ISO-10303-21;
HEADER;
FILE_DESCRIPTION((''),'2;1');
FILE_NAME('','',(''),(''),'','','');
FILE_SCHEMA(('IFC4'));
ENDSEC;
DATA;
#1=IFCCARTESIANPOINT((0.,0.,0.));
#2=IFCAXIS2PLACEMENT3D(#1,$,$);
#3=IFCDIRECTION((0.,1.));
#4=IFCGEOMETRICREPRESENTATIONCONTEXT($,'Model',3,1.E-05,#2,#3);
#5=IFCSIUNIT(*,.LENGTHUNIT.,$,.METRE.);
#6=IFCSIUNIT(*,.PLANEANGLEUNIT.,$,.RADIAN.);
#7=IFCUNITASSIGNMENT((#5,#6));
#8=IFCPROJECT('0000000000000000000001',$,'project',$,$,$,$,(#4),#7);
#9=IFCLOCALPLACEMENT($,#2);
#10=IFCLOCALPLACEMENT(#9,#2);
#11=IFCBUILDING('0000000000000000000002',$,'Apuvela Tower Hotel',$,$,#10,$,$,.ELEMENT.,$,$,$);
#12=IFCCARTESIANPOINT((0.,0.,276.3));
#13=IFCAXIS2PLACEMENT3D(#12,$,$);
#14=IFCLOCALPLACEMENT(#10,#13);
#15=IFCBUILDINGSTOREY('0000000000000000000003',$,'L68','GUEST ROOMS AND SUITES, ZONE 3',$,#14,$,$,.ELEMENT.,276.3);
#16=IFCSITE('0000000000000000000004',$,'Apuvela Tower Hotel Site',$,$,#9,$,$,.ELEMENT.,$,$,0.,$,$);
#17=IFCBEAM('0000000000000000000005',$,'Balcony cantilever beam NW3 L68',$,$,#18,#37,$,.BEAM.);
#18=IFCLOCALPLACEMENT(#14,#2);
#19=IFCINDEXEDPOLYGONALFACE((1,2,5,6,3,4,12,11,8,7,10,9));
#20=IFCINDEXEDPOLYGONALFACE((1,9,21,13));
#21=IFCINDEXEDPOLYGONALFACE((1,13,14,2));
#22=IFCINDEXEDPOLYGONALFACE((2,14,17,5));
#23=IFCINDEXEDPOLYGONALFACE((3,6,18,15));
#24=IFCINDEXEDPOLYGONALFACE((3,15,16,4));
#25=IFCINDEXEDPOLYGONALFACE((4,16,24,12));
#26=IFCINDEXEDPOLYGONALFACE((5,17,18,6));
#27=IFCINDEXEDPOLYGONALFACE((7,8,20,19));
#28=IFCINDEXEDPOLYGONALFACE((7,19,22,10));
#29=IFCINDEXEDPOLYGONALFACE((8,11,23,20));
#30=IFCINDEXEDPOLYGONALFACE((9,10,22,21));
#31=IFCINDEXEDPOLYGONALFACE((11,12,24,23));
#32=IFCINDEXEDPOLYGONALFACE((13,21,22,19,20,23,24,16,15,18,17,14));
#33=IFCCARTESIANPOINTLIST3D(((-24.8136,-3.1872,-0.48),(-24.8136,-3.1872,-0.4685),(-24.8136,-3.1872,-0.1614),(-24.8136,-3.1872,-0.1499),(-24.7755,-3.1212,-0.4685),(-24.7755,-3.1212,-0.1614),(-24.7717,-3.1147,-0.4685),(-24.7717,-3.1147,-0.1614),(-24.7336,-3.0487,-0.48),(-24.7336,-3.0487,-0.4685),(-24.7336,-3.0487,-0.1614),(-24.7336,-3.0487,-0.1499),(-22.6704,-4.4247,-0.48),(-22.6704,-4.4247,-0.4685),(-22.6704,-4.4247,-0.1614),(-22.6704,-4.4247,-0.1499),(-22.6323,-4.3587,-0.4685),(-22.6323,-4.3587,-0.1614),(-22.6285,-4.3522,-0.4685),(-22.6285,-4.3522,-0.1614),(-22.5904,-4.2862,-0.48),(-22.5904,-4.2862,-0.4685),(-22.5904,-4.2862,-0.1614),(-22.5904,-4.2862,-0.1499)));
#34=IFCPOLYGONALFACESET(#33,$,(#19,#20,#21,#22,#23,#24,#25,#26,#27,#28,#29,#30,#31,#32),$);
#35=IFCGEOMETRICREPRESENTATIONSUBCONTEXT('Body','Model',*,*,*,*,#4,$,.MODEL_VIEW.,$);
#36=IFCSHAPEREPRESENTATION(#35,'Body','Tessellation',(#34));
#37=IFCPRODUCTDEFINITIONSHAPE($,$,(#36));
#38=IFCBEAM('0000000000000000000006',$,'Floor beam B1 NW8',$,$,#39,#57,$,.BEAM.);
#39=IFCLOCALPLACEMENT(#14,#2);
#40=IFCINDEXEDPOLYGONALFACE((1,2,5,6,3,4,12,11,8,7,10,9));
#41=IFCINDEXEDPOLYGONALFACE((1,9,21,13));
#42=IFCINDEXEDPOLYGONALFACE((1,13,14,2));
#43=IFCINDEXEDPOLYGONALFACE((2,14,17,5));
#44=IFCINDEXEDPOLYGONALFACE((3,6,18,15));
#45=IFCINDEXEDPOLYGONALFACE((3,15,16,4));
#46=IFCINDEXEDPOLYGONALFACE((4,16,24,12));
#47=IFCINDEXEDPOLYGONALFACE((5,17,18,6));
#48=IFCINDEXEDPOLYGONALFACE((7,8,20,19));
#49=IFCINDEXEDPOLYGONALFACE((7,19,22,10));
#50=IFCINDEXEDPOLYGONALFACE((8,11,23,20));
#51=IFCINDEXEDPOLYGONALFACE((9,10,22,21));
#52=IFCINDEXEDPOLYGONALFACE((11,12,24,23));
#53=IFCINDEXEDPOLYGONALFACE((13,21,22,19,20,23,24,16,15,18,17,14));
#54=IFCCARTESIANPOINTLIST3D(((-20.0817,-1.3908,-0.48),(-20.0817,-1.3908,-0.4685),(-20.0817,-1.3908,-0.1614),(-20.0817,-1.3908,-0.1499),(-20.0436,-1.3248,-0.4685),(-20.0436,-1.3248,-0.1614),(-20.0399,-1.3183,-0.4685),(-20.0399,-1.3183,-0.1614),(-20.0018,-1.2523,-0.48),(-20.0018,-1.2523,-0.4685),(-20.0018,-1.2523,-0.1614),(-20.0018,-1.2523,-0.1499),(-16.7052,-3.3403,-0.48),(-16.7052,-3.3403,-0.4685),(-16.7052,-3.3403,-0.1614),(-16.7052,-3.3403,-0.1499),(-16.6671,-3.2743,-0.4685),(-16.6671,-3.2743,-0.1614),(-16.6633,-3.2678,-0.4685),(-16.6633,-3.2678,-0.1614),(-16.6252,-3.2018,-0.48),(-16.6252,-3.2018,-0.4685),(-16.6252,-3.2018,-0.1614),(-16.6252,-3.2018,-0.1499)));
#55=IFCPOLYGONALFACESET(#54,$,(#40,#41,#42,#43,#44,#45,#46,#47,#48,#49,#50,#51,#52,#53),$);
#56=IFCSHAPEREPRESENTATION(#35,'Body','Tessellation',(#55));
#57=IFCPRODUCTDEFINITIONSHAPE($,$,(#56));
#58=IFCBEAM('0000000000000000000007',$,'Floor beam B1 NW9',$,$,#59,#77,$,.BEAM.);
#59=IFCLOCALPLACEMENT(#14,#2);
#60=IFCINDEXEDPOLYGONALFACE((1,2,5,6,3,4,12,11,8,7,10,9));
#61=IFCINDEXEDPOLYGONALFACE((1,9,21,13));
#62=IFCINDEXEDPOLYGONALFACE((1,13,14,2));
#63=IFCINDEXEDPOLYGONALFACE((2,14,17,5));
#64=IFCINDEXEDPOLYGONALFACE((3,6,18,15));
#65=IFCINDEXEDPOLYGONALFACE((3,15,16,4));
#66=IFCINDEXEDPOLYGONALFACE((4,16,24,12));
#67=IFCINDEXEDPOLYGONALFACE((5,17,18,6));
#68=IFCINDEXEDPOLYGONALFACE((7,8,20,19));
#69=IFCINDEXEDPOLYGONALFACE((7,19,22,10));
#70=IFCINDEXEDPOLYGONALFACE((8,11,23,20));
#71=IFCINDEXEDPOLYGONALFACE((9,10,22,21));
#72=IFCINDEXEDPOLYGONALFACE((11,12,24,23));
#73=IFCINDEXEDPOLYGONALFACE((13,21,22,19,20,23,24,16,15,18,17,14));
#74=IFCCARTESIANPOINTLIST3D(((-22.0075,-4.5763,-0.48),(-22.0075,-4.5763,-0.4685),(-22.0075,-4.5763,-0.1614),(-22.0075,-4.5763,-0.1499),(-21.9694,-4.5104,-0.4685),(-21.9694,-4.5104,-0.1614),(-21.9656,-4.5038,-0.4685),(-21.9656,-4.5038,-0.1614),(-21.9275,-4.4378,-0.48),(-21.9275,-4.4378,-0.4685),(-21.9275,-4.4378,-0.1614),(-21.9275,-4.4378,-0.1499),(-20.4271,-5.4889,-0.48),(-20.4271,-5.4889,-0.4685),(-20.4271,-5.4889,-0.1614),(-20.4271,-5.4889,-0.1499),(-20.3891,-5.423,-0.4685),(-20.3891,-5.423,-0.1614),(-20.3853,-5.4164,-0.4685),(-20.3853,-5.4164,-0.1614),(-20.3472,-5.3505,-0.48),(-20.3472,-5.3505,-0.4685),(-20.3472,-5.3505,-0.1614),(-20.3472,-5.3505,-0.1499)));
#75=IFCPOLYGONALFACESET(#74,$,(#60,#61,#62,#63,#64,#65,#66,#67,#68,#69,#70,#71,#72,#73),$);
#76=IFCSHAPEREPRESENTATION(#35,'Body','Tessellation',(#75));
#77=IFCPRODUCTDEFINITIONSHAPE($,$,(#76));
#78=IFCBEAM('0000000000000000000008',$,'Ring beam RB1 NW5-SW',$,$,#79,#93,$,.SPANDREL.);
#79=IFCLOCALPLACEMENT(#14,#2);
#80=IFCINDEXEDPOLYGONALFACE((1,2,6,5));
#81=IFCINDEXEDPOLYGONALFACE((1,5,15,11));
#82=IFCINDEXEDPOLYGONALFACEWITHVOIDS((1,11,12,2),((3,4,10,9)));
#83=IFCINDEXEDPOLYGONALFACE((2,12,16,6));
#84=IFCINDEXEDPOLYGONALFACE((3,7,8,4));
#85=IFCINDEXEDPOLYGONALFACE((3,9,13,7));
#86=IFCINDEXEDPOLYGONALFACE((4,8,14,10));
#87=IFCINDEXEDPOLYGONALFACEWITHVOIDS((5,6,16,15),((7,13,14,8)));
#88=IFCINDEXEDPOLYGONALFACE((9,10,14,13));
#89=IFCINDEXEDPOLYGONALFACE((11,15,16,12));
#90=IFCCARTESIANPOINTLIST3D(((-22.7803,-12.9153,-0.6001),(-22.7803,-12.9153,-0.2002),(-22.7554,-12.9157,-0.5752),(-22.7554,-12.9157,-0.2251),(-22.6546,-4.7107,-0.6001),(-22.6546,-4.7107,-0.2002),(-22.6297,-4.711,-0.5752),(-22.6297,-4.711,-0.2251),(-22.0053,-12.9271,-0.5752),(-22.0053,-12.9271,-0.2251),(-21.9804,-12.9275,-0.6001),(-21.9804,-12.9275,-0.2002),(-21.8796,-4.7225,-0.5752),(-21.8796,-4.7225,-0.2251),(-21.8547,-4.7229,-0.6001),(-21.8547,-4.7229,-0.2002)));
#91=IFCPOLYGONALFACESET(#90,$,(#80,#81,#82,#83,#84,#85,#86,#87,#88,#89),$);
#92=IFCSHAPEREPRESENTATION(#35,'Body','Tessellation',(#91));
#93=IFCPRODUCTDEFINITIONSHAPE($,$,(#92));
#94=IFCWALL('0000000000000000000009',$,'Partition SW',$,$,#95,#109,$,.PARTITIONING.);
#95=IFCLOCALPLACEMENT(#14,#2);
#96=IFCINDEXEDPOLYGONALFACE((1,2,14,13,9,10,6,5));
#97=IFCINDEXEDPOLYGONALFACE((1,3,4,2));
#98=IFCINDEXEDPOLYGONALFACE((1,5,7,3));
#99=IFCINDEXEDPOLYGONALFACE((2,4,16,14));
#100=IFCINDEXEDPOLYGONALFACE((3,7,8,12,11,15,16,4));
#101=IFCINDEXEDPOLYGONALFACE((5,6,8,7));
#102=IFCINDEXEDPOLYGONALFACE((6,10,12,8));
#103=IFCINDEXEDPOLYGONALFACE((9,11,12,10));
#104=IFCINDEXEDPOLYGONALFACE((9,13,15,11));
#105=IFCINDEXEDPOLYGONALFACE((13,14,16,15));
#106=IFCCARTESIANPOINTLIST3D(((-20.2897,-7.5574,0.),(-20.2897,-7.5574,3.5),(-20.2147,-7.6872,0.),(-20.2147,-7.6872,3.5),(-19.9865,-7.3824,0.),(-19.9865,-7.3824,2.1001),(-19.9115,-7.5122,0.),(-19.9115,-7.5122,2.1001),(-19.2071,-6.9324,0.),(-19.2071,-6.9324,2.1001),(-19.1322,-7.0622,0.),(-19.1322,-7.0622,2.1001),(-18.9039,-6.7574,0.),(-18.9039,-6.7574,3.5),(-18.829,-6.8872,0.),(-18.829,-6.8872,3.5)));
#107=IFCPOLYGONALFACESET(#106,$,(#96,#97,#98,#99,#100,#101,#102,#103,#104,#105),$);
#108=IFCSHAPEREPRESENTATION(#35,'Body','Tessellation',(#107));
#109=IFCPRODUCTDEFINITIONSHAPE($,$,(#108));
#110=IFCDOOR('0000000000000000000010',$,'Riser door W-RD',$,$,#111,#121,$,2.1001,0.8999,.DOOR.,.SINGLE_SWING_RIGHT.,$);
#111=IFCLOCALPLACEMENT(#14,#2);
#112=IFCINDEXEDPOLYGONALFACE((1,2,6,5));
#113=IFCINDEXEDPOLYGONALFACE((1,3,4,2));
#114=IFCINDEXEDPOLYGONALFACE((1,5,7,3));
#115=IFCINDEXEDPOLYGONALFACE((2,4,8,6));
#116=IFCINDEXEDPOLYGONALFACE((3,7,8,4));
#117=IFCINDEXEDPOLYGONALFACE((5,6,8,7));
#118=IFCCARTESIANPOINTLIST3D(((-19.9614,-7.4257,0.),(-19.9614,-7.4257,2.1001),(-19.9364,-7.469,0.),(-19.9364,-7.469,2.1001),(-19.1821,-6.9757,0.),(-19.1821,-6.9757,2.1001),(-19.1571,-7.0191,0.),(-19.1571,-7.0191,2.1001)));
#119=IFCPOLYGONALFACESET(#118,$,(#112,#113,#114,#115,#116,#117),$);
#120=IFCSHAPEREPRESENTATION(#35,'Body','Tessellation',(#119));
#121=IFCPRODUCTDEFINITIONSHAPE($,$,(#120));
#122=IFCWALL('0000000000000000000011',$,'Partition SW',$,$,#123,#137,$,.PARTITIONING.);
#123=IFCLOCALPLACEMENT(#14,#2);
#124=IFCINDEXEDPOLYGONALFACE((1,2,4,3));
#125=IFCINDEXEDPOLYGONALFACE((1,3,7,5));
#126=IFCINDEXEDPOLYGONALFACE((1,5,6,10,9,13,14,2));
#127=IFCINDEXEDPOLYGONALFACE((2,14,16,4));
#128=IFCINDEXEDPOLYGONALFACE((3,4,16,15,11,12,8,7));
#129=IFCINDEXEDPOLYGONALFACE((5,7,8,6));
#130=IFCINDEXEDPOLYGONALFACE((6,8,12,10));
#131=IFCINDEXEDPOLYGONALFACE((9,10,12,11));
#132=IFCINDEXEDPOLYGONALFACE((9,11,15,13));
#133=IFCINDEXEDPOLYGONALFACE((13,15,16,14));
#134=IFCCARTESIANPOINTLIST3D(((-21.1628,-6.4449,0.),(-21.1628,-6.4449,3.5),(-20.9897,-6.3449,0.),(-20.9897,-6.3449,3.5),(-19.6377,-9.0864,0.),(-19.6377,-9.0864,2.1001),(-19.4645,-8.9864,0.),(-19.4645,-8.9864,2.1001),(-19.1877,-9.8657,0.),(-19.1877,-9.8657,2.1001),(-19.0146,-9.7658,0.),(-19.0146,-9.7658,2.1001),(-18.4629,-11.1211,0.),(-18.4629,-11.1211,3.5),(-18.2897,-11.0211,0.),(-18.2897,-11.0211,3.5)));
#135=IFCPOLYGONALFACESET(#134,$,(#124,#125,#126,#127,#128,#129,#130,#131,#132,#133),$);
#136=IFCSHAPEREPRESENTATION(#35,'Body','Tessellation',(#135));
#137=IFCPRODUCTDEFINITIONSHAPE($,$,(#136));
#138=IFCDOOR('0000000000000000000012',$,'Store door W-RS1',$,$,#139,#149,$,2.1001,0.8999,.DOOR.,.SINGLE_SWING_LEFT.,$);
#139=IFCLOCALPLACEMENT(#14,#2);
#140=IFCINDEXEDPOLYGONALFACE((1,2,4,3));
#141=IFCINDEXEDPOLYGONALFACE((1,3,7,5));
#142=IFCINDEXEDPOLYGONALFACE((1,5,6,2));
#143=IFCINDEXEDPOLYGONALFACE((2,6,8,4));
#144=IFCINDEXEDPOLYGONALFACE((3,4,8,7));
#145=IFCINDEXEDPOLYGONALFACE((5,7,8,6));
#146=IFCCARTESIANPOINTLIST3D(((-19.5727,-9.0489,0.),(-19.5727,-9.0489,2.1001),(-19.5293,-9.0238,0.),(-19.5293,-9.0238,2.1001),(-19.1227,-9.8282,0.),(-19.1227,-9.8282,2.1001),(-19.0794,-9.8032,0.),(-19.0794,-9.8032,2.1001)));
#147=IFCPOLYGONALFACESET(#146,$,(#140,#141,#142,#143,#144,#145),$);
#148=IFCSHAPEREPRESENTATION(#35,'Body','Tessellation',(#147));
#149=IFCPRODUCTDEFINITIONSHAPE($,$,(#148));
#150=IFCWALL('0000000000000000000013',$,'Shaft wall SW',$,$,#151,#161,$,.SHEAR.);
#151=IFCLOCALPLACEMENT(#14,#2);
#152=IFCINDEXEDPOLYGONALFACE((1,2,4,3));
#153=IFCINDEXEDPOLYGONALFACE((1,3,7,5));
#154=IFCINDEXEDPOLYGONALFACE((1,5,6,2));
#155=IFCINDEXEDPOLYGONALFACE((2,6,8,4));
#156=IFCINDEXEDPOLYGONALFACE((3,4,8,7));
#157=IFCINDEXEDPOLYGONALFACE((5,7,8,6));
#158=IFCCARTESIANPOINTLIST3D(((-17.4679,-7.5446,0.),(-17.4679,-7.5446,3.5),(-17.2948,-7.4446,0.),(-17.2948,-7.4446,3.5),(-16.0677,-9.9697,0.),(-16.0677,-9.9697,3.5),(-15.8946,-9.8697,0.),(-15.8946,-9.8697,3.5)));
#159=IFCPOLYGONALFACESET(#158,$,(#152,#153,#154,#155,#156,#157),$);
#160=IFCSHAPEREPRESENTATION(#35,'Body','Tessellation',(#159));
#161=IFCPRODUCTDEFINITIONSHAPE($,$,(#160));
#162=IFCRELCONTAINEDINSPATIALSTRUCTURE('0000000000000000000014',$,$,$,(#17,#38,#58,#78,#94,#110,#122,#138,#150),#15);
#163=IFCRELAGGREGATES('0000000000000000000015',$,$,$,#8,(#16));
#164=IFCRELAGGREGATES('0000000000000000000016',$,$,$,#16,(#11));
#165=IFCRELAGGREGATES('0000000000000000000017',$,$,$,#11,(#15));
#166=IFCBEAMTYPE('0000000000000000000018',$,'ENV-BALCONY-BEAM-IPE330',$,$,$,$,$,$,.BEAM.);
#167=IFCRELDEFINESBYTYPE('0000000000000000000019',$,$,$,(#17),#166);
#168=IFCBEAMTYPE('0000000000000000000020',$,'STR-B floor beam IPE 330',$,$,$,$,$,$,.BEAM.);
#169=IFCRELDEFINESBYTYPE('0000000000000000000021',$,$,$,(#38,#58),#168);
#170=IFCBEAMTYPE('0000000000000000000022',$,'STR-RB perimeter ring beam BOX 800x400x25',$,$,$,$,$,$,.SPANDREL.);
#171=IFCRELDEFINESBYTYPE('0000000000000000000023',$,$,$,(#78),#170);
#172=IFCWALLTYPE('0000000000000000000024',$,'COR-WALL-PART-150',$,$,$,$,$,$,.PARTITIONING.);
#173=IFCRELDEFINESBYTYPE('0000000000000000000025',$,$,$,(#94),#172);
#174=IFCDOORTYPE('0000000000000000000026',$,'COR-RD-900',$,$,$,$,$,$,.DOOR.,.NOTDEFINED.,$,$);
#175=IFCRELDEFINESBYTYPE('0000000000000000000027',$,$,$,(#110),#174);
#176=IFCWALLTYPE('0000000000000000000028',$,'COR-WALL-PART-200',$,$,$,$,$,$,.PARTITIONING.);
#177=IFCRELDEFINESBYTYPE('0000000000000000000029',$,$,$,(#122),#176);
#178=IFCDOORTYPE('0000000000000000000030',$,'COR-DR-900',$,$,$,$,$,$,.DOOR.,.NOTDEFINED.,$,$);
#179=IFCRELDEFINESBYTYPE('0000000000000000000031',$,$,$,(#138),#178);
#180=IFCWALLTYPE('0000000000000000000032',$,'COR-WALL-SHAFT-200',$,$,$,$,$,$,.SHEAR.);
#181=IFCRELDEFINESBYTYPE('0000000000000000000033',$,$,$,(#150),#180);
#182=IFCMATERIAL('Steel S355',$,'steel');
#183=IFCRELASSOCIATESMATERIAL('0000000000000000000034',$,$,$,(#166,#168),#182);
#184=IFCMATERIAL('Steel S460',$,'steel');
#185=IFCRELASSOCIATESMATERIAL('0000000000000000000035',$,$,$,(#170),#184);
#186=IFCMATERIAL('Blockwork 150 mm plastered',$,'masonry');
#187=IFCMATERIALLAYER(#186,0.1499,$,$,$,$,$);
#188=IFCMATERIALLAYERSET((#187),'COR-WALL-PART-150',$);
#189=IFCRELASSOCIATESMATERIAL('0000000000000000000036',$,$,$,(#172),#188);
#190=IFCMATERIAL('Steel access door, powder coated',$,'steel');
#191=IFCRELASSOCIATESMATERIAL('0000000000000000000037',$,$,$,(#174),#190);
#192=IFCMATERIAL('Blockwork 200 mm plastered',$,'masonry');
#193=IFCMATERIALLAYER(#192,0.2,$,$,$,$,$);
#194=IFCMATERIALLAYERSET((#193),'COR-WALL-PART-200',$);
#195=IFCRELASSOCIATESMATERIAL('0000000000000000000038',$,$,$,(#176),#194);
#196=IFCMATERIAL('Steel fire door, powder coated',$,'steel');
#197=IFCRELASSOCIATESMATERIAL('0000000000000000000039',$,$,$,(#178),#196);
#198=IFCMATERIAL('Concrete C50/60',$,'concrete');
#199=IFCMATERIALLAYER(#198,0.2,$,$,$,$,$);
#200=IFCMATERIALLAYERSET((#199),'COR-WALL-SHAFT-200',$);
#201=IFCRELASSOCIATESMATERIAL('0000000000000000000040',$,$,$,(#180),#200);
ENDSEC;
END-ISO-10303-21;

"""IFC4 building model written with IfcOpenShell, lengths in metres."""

from ifc_helpers import new_model, si_unit, direction, frame, frame_2d, origin, origin_2d, place, context, subcontext, project, spatial, rectangle, hollow_rectangle, i_section, extrude, material, layer, layer_set, material_profile, profile_set, type_object, element, fill, save


model = new_model("IFC4")

# Units and contexts
model_context = context("Model", 3, precision=1e-05, world=origin(), true_north=direction((0.0, 1.0)))
body_context = subcontext(model_context, "Body", "Model", "MODEL_VIEW")
ifc_project = project(units=[si_unit("LENGTHUNIT", "METRE"), si_unit("PLANEANGLEUNIT", "RADIAN")], contexts=[model_context])

# Site, building, storey
site_placement = place(None, origin())
site = spatial("IfcSite", under=ifc_project, at=site_placement, Name="Apuvela Tower Hotel Site", CompositionType="ELEMENT", RefElevation=0.0)
building_placement = place(site_placement, origin())
building = spatial("IfcBuilding", under=site, at=building_placement, Name="Apuvela Tower Hotel", CompositionType="ELEMENT")
storey_placement = place(building_placement, frame((0.0, 0.0, 276.3)))
storey = spatial("IfcBuildingStorey", under=building, at=storey_placement, Name="L68", Description="GUEST ROOMS AND SUITES, ZONE 3", CompositionType="ELEMENT", Elevation=276.3)

# Shared definitions
ifc_material_1 = material(Name="Steel S460", Category="steel")

# Beams
ifc_material_2 = material(Name="Steel S355", Category="steel")
ifc_material_profile_1 = material_profile(ifc_material_2, i_section(OverallWidth=0.1599, OverallDepth=0.3301, WebThickness=0.0076, FlangeThickness=0.0115, at=origin_2d()), Name="IPE 330")
ifc_profile_set_1 = profile_set([ifc_material_profile_1], Name="Steel S355")
beam_type_1 = type_object("IfcBeamType", Name="ENV-BALCONY-BEAM-IPE330", PredefinedType="BEAM", material=ifc_profile_set_1)
beam_1_placement = place(storey_placement, frame((-22.6304, -4.3555, -0.3149), z_axis=(-0.866007, 0.500033, 0.0), x_axis=(-0.500033, -0.866007, 0.0)))
element("IfcBeam", 1, at=beam_1_placement, inside=storey, type_object=beam_type_1, Name="Balcony cantilever beam NW3 L68", PredefinedType="BEAM", context=body_context, shape_type="SweptSolid", body=[
    extrude(i_section(OverallWidth=0.1599, OverallDepth=0.3301, WebThickness=0.0076, FlangeThickness=0.0115, at=origin_2d()), origin(), (0.0, 0.0, 1.0), 2.4749),
])
ifc_material_profile_2 = material_profile(ifc_material_2, i_section(OverallWidth=0.1599, OverallDepth=0.3301, WebThickness=0.0076, FlangeThickness=0.0115, at=origin_2d()), Name="IPE 330")
ifc_profile_set_2 = profile_set([ifc_material_profile_2], Name="Steel S355")
beam_type_2 = type_object("IfcBeamType", Name="STR-B floor beam IPE 330", PredefinedType="BEAM", material=ifc_profile_set_2)
beam_2_placement = place(storey_placement, frame((-20.0417, -1.3215, -0.3149), z_axis=(0.866019, -0.500012, 0.0), x_axis=(0.500012, 0.866019, 0.0)))
element("IfcBeam", 2, at=beam_2_placement, inside=storey, type_object=beam_type_2, Name="Floor beam B1 NW8", PredefinedType="BEAM", context=body_context, shape_type="SweptSolid", body=[
    extrude(i_section(OverallWidth=0.1599, OverallDepth=0.3301, WebThickness=0.0076, FlangeThickness=0.0115, at=origin_2d()), origin(), (0.0, 0.0, 1.0), 3.8989),
])
beam_3_placement = place(storey_placement, frame((-21.9675, -4.5071, -0.3149), z_axis=(0.865978, -0.500081, 0.0), x_axis=(0.500081, 0.865978, 0.0)))
element("IfcBeam", 3, at=beam_3_placement, inside=storey, type_object=beam_type_2, Name="Floor beam B1 NW9", PredefinedType="BEAM", context=body_context, shape_type="SweptSolid", body=[
    extrude(i_section(OverallWidth=0.1599, OverallDepth=0.3301, WebThickness=0.0076, FlangeThickness=0.0115, at=origin_2d()), origin(), (0.0, 0.0, 1.0), 1.825),
])
ifc_material_profile_3 = material_profile(ifc_material_1, hollow_rectangle(XDim=0.8, YDim=0.3999, WallThickness=0.0249, at=origin_2d()), Name="BOX 800x400x25")
ifc_profile_set_3 = profile_set([ifc_material_profile_3], Name="Steel S460")
beam_type_3 = type_object("IfcBeamType", Name="STR-RB perimeter ring beam BOX 800x400x25", PredefinedType="SPANDREL", material=ifc_profile_set_3)
beam_4_placement = place(storey_placement, frame((-22.2546, -4.7168, -0.4001), z_axis=(-0.015323, -0.999883, 0.0), x_axis=(0.999883, -0.015323, 0.0)))
element("IfcBeam", 4, at=beam_4_placement, inside=storey, type_object=beam_type_3, Name="Ring beam RB1 NW5-SW", PredefinedType="SPANDREL", context=body_context, shape_type="SweptSolid", body=[
    extrude(hollow_rectangle(XDim=0.8, YDim=0.3999, WallThickness=0.0249, at=origin_2d()), origin(), (0.0, 0.0, 1.0), 8.2056),
])

# Walls, openings, doors
ifc_material_3 = material(Name="Blockwork 150 mm plastered", Category="masonry")
ifc_layer_1 = layer(ifc_material_3, 0.1499)
ifc_layer_set_1 = layer_set([ifc_layer_1], Name="COR-WALL-PART-150")
wall_type_1 = type_object("IfcWallType", Name="COR-WALL-PART-150", PredefinedType="PARTITIONING", material=ifc_layer_set_1)
wall_1_placement = place(storey_placement, frame((-18.8665, -6.8223, 0.0), z_axis=(0.0, 0.0, 1.0), x_axis=(-0.866028, -0.499995, 0.0)))
wall_1 = element("IfcWall", 5, at=wall_1_placement, inside=storey, type_object=wall_type_1, Name="Partition SW", PredefinedType="PARTITIONING", context=body_context, shape_type="SweptSolid", body=[
    extrude(rectangle(XDim=1.6001, YDim=0.1499, at=frame_2d((0.8, 0.0))), origin(), (0.0, 0.0, 1.0), 3.5),
])
opening_1_placement = place(wall_1_placement, frame((0.3501, 0.0, 0.0)))
opening_1 = element("IfcOpeningElement", 6, at=opening_1_placement, cuts=wall_1, PredefinedType="OPENING", context=body_context, shape_type="SweptSolid", body=[
    extrude(rectangle(XDim=0.8999, YDim=2.1001, at=frame_2d((0.45, 1.05))), frame((0.0, 0.085, 0.0), z_axis=(0.0, -1.0, 0.0), x_axis=(1.0, 0.0, 0.0)), (0.0, 0.0, 1.0), 0.1699),
])
ifc_material_4 = material(Name="Steel access door, powder coated", Category="steel")
door_type_1 = type_object("IfcDoorType", Name="COR-RD-900", OperationType="NOTDEFINED", PredefinedType="DOOR", material=ifc_material_4)
door_1_placement = place(opening_1_placement, frame((0.8999, 0.0, 0.0), z_axis=(0.0, 0.0, 1.0), x_axis=(-1.0, 0.0, 0.0)))
door_1 = element("IfcDoor", 7, at=door_1_placement, inside=storey, type_object=door_type_1, Name="Riser door W-RD", OperationType="SINGLE_SWING_RIGHT", OverallHeight=2.1001, OverallWidth=0.8999, PredefinedType="DOOR", context=body_context, shape_type="SweptSolid", body=[
    extrude(rectangle(XDim=0.8999, YDim=2.1001, at=frame_2d((0.45, 1.05))), frame((0.0, 0.0249, 0.0), z_axis=(0.0, -1.0, 0.0), x_axis=(1.0, 0.0, 0.0)), (0.0, 0.0, 1.0), 0.05),
])
fill(opening_1, door_1)
ifc_material_5 = material(Name="Blockwork 200 mm plastered", Category="masonry")
ifc_layer_2 = layer(ifc_material_5, 0.2)
ifc_layer_set_2 = layer_set([ifc_layer_2], Name="COR-WALL-PART-200")
wall_type_2 = type_object("IfcWallType", Name="COR-WALL-PART-200", PredefinedType="PARTITIONING", material=ifc_layer_set_2)
wall_2_placement = place(storey_placement, frame((-21.0762, -6.395, 0.0), z_axis=(0.0, 0.0, 1.0), x_axis=(0.500015, -0.866017, 0.0)))
wall_2 = element("IfcWall", 8, at=wall_2_placement, inside=storey, type_object=wall_type_2, Name="Partition SW", PredefinedType="PARTITIONING", context=body_context, shape_type="SweptSolid", body=[
    extrude(rectangle(XDim=5.3997, YDim=0.2, at=frame_2d((2.6997, 0.0))), origin(), (0.0, 0.0, 1.0), 3.5),
])
opening_2_placement = place(wall_2_placement, frame((3.05, 0.0, 0.0)))
opening_2 = element("IfcOpeningElement", 9, at=opening_2_placement, cuts=wall_2, PredefinedType="OPENING", context=body_context, shape_type="SweptSolid", body=[
    extrude(rectangle(XDim=0.8999, YDim=2.1001, at=frame_2d((0.45, 1.05))), frame((0.0, 0.1099, 0.0), z_axis=(0.0, -1.0, 0.0), x_axis=(1.0, 0.0, 0.0)), (0.0, 0.0, 1.0), 0.22),
])
ifc_material_6 = material(Name="Steel fire door, powder coated", Category="steel")
door_type_2 = type_object("IfcDoorType", Name="COR-DR-900", OperationType="NOTDEFINED", PredefinedType="DOOR", material=ifc_material_6)
door_2_placement = place(opening_2_placement, frame((0.8999, 0.0, 0.0), z_axis=(0.0, 0.0, 1.0), x_axis=(-1.0, 0.0, 0.0)))
door_2 = element("IfcDoor", 10, at=door_2_placement, inside=storey, type_object=door_type_2, Name="Store door W-RS1", OperationType="SINGLE_SWING_LEFT", OverallHeight=2.1001, OverallWidth=0.8999, PredefinedType="DOOR", context=body_context, shape_type="SweptSolid", body=[
    extrude(rectangle(XDim=0.8999, YDim=2.1001, at=frame_2d((0.45, 1.05))), frame((0.0, 0.0249, 0.0), z_axis=(0.0, -1.0, 0.0), x_axis=(1.0, 0.0, 0.0)), (0.0, 0.0, 1.0), 0.05),
])
fill(opening_2, door_2)

# Wall
ifc_material_7 = material(Name="Concrete C50/60", Category="concrete")
ifc_layer_3 = layer(ifc_material_7, 0.2)
ifc_layer_set_3 = layer_set([ifc_layer_3], Name="COR-WALL-SHAFT-200")
wall_type_3 = type_object("IfcWallType", Name="COR-WALL-SHAFT-200", PredefinedType="SHEAR", material=ifc_layer_set_3)
wall_3_placement = place(storey_placement, frame((-17.3813, -7.4946, 0.0), z_axis=(0.0, 0.0, 1.0), x_axis=(0.500012, -0.866019, 0.0)))
element("IfcWall", 11, at=wall_3_placement, inside=storey, type_object=wall_type_3, Name="Shaft wall SW", PredefinedType="SHEAR", context=body_context, shape_type="SweptSolid", body=[
    extrude(rectangle(XDim=2.8003, YDim=0.2, at=frame_2d((1.4001, 0.0))), origin(), (0.0, 0.0, 1.0), 3.5),
])

save(model, "model.ifc")
